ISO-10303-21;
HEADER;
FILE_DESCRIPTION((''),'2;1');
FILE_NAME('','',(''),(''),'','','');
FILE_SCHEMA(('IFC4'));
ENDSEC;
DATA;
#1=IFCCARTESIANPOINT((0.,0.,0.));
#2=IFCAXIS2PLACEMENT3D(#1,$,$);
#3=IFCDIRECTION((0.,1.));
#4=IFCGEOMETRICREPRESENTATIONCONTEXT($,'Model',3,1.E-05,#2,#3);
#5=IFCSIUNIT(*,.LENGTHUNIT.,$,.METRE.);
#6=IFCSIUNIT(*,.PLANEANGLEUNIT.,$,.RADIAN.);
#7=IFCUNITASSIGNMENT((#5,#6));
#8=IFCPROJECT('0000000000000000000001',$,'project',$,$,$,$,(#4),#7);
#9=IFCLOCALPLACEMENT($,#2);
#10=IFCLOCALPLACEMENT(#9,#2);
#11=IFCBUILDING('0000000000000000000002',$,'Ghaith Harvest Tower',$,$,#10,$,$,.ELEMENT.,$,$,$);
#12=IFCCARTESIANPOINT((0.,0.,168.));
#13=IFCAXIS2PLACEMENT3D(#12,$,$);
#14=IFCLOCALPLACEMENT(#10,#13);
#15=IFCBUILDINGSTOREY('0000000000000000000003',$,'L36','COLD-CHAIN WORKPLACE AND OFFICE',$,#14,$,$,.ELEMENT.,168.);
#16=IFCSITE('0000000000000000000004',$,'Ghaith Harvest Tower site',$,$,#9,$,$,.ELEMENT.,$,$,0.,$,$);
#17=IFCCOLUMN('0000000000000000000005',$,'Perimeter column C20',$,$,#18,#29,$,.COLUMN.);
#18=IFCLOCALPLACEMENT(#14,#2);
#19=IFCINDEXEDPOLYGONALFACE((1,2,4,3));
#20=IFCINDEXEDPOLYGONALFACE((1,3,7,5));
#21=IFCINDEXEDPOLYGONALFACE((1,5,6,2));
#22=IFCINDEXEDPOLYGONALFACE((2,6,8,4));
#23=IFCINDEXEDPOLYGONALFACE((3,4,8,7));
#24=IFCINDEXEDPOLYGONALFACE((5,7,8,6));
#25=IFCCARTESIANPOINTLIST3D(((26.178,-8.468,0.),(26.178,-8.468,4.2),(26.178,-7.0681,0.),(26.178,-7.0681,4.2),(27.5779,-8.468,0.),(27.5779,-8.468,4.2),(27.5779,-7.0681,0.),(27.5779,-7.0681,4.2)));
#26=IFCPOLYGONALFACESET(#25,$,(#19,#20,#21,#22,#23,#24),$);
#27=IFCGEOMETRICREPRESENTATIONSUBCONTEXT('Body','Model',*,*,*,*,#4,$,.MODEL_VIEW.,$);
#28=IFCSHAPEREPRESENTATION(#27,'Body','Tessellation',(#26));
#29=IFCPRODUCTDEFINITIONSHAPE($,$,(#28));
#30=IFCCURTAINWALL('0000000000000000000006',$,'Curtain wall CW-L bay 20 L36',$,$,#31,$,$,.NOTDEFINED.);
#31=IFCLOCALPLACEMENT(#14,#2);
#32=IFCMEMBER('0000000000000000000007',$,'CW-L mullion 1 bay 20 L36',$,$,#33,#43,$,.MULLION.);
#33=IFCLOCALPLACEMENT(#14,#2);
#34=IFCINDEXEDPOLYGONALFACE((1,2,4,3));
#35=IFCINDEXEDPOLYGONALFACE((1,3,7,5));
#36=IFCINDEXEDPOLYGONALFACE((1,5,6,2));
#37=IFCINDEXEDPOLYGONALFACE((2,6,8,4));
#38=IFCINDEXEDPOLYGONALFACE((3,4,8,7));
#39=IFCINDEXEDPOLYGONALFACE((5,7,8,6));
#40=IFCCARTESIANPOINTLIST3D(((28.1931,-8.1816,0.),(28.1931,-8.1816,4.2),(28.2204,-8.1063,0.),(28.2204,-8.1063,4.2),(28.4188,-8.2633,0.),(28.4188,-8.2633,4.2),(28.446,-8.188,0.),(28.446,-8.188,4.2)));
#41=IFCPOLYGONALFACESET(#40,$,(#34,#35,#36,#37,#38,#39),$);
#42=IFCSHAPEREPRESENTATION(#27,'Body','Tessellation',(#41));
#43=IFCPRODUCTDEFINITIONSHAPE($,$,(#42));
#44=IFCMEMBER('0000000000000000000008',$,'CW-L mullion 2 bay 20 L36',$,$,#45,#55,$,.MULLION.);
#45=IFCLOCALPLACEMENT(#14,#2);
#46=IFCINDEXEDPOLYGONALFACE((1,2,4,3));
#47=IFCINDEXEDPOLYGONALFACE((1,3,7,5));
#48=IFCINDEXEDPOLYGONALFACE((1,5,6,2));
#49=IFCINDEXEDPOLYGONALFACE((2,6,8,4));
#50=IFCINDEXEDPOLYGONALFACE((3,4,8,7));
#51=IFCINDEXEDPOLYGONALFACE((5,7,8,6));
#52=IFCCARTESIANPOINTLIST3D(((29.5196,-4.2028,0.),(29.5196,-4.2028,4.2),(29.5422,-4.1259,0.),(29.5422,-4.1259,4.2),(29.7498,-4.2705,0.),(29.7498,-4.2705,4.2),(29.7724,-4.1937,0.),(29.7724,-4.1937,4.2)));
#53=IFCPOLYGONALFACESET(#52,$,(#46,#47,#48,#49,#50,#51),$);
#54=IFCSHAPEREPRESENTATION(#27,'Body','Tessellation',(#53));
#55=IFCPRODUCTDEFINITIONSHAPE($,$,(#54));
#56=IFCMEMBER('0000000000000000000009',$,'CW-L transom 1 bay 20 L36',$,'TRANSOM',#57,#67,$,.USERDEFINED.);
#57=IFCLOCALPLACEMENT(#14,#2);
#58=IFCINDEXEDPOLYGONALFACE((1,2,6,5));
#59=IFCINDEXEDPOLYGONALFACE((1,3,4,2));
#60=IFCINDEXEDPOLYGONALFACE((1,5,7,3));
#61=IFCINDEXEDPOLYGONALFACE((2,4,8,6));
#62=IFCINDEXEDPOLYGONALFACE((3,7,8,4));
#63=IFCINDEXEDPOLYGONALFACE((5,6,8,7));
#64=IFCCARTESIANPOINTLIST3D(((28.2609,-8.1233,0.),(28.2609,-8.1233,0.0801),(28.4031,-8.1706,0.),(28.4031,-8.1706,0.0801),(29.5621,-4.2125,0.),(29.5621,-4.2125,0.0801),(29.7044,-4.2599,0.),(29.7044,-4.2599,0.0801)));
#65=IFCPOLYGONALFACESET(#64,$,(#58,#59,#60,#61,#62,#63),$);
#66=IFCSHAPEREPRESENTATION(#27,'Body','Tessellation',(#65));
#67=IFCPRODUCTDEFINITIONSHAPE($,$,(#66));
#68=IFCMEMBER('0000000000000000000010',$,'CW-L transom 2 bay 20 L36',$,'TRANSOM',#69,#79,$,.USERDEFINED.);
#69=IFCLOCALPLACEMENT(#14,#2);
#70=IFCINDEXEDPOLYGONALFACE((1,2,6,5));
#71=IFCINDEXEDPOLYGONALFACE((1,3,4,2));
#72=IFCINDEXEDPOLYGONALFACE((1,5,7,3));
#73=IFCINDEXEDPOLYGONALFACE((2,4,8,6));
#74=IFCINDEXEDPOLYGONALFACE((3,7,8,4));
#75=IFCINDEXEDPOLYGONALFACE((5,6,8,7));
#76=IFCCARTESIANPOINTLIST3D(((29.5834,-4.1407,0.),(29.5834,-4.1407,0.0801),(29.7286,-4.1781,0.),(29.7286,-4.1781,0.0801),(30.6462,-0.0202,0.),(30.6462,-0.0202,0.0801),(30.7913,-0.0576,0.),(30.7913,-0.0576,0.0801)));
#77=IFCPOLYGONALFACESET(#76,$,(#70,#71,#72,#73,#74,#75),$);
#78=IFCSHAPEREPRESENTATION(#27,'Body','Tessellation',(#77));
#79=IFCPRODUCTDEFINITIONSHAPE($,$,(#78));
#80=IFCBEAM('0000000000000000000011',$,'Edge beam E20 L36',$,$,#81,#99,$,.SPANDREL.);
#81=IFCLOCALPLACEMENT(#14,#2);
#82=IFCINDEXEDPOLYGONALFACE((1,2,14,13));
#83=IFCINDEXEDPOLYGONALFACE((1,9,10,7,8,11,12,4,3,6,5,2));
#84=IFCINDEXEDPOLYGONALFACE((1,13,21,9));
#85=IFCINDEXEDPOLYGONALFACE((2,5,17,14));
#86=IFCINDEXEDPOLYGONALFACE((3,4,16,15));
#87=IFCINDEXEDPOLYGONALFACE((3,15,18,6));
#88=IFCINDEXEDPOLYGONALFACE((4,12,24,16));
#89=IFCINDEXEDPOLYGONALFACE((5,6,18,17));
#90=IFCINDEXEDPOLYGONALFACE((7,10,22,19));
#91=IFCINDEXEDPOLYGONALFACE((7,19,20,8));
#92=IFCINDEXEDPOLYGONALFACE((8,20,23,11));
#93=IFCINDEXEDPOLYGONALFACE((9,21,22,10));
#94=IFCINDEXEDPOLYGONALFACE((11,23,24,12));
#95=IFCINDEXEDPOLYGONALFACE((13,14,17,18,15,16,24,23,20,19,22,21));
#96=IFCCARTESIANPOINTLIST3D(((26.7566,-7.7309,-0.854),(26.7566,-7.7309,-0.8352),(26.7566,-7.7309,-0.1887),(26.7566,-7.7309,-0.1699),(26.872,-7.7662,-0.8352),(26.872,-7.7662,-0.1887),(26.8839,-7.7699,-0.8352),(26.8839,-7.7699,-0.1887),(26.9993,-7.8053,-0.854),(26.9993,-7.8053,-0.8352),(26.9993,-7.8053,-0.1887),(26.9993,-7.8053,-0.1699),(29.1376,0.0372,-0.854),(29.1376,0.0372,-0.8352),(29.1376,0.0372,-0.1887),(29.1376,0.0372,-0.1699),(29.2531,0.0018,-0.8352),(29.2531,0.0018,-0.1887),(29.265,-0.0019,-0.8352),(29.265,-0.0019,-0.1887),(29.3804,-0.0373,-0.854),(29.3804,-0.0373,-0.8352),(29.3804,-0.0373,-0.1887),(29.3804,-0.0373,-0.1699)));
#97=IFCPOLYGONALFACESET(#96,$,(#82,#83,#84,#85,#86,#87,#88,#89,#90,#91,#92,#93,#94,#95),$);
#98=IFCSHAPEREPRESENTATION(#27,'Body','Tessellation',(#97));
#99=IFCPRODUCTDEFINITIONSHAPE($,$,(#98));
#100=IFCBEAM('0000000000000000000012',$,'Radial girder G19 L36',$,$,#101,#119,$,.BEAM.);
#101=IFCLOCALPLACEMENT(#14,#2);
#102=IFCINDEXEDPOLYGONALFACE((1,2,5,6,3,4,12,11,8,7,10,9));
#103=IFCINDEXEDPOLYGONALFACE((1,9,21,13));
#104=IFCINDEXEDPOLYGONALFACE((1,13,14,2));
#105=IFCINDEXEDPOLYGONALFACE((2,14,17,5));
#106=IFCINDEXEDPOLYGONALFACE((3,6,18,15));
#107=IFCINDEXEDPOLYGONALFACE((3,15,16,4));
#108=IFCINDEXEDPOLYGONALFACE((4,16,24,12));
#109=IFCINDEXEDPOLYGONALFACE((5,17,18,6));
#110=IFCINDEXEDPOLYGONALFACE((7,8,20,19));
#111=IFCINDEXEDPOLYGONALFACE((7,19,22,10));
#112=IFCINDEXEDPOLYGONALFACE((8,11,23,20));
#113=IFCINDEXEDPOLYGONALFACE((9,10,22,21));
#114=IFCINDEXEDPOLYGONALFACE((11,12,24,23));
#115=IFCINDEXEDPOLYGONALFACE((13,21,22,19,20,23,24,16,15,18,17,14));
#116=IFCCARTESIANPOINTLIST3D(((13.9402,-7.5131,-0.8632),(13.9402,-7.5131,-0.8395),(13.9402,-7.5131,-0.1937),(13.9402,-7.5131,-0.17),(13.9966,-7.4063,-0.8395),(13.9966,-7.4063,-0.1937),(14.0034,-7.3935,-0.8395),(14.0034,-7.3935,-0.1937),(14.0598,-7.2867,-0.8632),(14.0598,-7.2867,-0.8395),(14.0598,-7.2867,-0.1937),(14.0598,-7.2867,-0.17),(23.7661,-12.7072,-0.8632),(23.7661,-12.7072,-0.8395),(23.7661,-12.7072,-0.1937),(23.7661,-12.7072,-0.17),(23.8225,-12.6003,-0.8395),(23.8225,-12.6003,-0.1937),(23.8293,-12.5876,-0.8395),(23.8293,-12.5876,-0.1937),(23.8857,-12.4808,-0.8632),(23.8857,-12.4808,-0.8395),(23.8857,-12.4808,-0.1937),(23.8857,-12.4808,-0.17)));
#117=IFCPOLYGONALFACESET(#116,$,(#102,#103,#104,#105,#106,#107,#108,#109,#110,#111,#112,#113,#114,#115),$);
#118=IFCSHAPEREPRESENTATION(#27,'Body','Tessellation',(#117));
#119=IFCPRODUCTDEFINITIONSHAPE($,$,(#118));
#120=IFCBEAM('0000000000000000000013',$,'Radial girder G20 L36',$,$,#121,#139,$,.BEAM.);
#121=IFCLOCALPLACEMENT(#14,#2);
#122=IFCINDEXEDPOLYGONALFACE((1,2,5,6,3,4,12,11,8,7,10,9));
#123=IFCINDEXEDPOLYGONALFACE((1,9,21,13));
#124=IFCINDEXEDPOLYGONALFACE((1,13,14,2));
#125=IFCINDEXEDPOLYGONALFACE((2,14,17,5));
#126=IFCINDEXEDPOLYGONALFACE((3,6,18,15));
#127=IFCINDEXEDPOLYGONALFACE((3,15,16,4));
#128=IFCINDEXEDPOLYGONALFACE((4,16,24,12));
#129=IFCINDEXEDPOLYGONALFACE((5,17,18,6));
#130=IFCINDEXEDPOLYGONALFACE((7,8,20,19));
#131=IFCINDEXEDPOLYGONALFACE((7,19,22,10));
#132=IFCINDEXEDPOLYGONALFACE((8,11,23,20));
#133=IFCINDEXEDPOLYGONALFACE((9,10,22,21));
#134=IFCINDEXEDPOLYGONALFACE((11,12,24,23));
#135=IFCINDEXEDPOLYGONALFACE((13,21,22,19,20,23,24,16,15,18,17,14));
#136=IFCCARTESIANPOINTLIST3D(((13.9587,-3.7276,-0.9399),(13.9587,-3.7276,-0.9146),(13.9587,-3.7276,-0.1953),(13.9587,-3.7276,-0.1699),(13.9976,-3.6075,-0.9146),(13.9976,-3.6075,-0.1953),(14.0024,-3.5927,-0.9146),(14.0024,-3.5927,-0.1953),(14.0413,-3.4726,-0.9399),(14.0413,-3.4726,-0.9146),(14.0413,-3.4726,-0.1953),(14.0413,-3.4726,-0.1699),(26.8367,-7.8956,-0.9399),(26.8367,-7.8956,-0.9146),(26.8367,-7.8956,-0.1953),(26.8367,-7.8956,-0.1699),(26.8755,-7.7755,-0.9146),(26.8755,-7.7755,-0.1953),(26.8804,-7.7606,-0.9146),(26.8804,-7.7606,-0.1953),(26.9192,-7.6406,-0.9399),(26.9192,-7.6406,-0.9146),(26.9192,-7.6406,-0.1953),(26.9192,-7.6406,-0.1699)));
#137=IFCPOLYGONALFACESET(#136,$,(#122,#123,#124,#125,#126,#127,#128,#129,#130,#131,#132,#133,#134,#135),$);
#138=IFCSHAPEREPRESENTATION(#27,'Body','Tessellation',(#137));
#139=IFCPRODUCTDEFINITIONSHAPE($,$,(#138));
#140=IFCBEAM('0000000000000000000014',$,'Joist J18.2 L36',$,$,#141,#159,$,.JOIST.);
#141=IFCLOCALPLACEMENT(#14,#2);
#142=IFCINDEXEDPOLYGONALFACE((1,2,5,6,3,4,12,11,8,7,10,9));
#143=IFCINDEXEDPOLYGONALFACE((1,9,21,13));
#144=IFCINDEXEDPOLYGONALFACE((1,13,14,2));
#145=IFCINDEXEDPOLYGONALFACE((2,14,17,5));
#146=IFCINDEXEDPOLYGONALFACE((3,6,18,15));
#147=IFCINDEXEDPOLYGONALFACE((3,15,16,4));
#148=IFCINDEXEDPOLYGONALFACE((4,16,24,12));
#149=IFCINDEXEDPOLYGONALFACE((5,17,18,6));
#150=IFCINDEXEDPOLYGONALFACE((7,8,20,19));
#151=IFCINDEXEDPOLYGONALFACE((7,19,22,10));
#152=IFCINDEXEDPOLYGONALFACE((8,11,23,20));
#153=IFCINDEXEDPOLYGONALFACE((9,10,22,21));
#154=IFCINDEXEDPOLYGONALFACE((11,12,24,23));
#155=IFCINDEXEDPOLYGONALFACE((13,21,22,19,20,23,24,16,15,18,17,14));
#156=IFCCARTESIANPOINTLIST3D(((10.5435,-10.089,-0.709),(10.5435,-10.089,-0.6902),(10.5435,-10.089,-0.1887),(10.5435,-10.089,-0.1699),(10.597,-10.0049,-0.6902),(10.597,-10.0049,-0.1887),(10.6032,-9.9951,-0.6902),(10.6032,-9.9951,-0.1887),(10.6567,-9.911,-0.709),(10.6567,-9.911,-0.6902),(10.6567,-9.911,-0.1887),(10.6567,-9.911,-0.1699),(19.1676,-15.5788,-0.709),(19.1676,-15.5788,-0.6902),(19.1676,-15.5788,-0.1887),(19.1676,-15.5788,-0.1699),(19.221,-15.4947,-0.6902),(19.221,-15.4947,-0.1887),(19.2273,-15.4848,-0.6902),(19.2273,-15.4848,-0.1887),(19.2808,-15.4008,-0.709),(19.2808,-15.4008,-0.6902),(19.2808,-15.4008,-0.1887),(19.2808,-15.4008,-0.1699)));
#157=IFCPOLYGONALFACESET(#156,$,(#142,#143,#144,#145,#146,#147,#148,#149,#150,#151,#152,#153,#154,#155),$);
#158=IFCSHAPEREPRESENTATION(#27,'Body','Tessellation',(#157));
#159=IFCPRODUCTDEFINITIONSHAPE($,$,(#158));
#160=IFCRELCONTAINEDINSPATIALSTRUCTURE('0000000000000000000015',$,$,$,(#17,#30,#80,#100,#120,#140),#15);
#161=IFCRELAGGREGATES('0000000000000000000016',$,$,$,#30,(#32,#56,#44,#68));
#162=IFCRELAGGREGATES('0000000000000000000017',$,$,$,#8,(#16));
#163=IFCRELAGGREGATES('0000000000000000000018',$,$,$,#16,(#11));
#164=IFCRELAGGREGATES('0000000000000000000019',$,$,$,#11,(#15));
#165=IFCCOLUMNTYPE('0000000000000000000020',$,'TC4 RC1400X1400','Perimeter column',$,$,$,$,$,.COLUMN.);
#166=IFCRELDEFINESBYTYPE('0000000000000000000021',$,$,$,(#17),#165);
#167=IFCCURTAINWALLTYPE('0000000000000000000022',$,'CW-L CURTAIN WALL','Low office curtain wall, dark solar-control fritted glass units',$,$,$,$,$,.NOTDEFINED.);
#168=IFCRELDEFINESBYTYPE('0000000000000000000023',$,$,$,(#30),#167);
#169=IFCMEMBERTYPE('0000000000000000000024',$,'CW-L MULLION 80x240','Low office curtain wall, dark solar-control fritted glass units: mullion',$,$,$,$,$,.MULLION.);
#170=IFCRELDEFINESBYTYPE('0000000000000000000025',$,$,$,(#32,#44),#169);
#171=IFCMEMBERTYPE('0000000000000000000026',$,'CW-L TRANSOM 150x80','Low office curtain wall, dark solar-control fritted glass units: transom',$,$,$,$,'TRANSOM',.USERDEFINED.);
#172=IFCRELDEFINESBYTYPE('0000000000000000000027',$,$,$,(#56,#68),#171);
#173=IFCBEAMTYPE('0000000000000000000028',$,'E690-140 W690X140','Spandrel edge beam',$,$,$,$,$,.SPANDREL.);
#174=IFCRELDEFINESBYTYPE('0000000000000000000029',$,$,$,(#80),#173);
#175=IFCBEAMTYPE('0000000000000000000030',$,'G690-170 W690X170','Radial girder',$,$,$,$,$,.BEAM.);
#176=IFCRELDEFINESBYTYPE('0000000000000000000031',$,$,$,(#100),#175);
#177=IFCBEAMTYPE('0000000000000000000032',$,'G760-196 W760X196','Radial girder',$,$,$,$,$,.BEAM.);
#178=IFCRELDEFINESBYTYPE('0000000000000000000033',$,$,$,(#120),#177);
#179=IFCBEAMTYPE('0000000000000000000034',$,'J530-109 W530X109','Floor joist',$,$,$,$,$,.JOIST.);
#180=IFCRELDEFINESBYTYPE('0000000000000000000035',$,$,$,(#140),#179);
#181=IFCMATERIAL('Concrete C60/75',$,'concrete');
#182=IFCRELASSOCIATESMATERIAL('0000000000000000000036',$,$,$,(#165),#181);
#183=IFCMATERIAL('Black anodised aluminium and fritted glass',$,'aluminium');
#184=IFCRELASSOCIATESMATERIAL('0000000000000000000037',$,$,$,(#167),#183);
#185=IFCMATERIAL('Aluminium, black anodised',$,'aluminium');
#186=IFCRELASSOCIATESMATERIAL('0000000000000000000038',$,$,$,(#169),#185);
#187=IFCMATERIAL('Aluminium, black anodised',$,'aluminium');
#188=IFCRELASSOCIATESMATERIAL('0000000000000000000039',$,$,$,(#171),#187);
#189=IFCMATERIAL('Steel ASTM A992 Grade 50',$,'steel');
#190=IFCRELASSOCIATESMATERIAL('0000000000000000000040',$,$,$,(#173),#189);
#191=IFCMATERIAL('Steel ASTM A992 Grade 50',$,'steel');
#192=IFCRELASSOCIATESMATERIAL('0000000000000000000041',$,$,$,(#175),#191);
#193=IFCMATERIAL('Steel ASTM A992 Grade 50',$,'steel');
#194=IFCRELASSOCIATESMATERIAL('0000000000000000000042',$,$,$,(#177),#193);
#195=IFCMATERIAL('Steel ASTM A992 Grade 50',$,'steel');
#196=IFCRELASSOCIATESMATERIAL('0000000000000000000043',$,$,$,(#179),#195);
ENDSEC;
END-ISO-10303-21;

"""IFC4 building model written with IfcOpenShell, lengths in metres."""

from ifc_helpers import new_model, si_unit, direction, frame, origin, origin_2d, place, context, subcontext, project, spatial, rectangle, i_section, extrude, material, material_profile, profile_set, type_object, element, aggregate, save


model = new_model("IFC4")

# Units and contexts
model_context = context("Model", 3, precision=1e-05, world=origin(), true_north=direction((0.0, 1.0)))
body_context = subcontext(model_context, "Body", "Model", "MODEL_VIEW")
ifc_project = project(units=[si_unit("LENGTHUNIT", "METRE"), si_unit("PLANEANGLEUNIT", "RADIAN")], contexts=[model_context])

# Site, building, storey
site_placement = place(None, origin())
site = spatial("IfcSite", under=ifc_project, at=site_placement, Name="Ghaith Harvest Tower site", CompositionType="ELEMENT", RefElevation=0.0)
building_placement = place(site_placement, origin())
building = spatial("IfcBuilding", under=site, at=building_placement, Name="Ghaith Harvest Tower", CompositionType="ELEMENT")
storey_placement = place(building_placement, frame((0.0, 0.0, 168.0)))
storey = spatial("IfcBuildingStorey", under=building, at=storey_placement, Name="L36", Description="COLD-CHAIN WORKPLACE AND OFFICE", CompositionType="ELEMENT", Elevation=168.0)

# Column
ifc_material_1 = material(Name="Concrete C60/75", Category="concrete")
ifc_material_profile_1 = material_profile(ifc_material_1, rectangle(XDim=1.3999, YDim=1.3999, at=origin_2d()), Name="RC1400X1400")
ifc_profile_set_1 = profile_set([ifc_material_profile_1], Name="Concrete C60/75")
column_type = type_object("IfcColumnType", Name="TC4 RC1400X1400", Description="Perimeter column", PredefinedType="COLUMN", material=ifc_profile_set_1)
column_placement = place(storey_placement, frame((26.8779, -7.7681, 0.0), z_axis=(0.0, 0.0, 1.0), x_axis=(1.0, 0.0, 0.0)))
element("IfcColumn", 1, at=column_placement, inside=storey, type_object=column_type, Name="Perimeter column C20", PredefinedType="COLUMN", context=body_context, shape_type="SweptSolid", body=[
    extrude(rectangle(XDim=1.3999, YDim=1.3999, at=origin_2d()), origin(), (0.0, 0.0, 1.0), 4.2),
])

# Curtain wall, members
ifc_material_2 = material(Name="Black anodised aluminium and fritted glass", Category="aluminium")
curtain_wall_type = type_object("IfcCurtainWallType", Name="CW-L CURTAIN WALL", Description="Low office curtain wall, dark solar-control fritted glass units", PredefinedType="NOTDEFINED", material=ifc_material_2)
curtain_wall_placement = place(storey_placement, origin())
curtain_wall = element("IfcCurtainWall", 2, at=curtain_wall_placement, inside=storey, type_object=curtain_wall_type, Name="Curtain wall CW-L bay 20 L36", PredefinedType="NOTDEFINED")
ifc_material_3 = material(Name="Aluminium, black anodised", Category="aluminium")
ifc_material_profile_2 = material_profile(ifc_material_3, rectangle(XDim=0.0801, YDim=0.24, at=origin_2d()), Name="CW-L MULLION 80x240")
ifc_profile_set_2 = profile_set([ifc_material_profile_2], Name="Aluminium, black anodised")
member_type_1 = type_object("IfcMemberType", Name="CW-L MULLION 80x240", Description="Low office curtain wall, dark solar-control fritted glass units: mullion", PredefinedType="MULLION", material=ifc_profile_set_2)
member_1_placement = place(storey_placement, frame((28.3196, -8.1848, 0.0), z_axis=(0.0, 0.0, 1.0), x_axis=(0.340574, 0.940218, 0.0)))
member_1 = element("IfcMember", 3, at=member_1_placement, type_object=member_type_1, Name="CW-L mullion 1 bay 20 L36", PredefinedType="MULLION", context=body_context, shape_type="SweptSolid", body=[
    extrude(rectangle(XDim=0.0801, YDim=0.24, at=origin_2d()), origin(), (0.0, 0.0, 1.0), 4.2),
])
member_2_placement = place(storey_placement, frame((29.646, -4.1982, 0.0), z_axis=(0.0, 0.0, 1.0), x_axis=(0.282375, 0.959304, 0.0)))
member_2 = element("IfcMember", 4, at=member_2_placement, type_object=member_type_1, Name="CW-L mullion 2 bay 20 L36", PredefinedType="MULLION", context=body_context, shape_type="SweptSolid", body=[
    extrude(rectangle(XDim=0.0801, YDim=0.24, at=origin_2d()), origin(), (0.0, 0.0, 1.0), 4.2),
])
ifc_material_4 = material(Name="Aluminium, black anodised", Category="aluminium")
ifc_material_profile_3 = material_profile(ifc_material_4, rectangle(XDim=0.1499, YDim=0.0801, at=origin_2d()), Name="CW-L TRANSOM 150x80")
ifc_profile_set_3 = profile_set([ifc_material_profile_3], Name="Aluminium, black anodised")
member_type_2 = type_object("IfcMemberType", Name="CW-L TRANSOM 150x80", Description="Low office curtain wall, dark solar-control fritted glass units: transom", ElementType="TRANSOM", PredefinedType="USERDEFINED", material=ifc_profile_set_3)
member_3_placement = place(storey_placement, frame((28.332, -8.147, 0.04), z_axis=(0.315712, 0.948855, 0.0), x_axis=(-0.948855, 0.315712, 0.0)))
member_3 = element("IfcMember", 5, at=member_3_placement, type_object=member_type_2, Name="CW-L transom 1 bay 20 L36", ObjectType="TRANSOM", PredefinedType="USERDEFINED", context=body_context, shape_type="SweptSolid", body=[
    extrude(rectangle(XDim=0.1499, YDim=0.0801, at=origin_2d()), origin(), (0.0, 0.0, 1.0), 4.1216),
])
member_4_placement = place(storey_placement, frame((29.656, -4.1594, 0.04), z_axis=(0.249737, 0.968314, 0.0), x_axis=(-0.968314, 0.249737, 0.0)))
member_4 = element("IfcMember", 6, at=member_4_placement, type_object=member_type_2, Name="CW-L transom 2 bay 20 L36", ObjectType="TRANSOM", PredefinedType="USERDEFINED", context=body_context, shape_type="SweptSolid", body=[
    extrude(rectangle(XDim=0.1499, YDim=0.0801, at=origin_2d()), origin(), (0.0, 0.0, 1.0), 4.2554),
])

# Beams
ifc_material_5 = material(Name="Steel ASTM A992 Grade 50", Category="steel")
ifc_material_profile_4 = material_profile(ifc_material_5, i_section(OverallWidth=0.2539, OverallDepth=0.6841, WebThickness=0.0125, FlangeThickness=0.0188, at=origin_2d()), Name="W690X140")
ifc_profile_set_4 = profile_set([ifc_material_profile_4], Name="Steel ASTM A992 Grade 50")
beam_type_1 = type_object("IfcBeamType", Name="E690-140 W690X140", Description="Spandrel edge beam", PredefinedType="SPANDREL", material=ifc_profile_set_4)
beam_1_placement = place(storey_placement, frame((26.8779, -7.7681, -0.512), z_axis=(0.293066, 0.956092, 0.0), x_axis=(-0.956092, 0.293066, 0.0)))
element("IfcBeam", 7, at=beam_1_placement, inside=storey, type_object=beam_type_1, Name="Edge beam E20 L36", PredefinedType="SPANDREL", context=body_context, shape_type="SweptSolid", body=[
    extrude(i_section(OverallWidth=0.2539, OverallDepth=0.6841, WebThickness=0.0125, FlangeThickness=0.0188, at=origin_2d()), origin(), (0.0, 0.0, 1.0), 8.1248),
])
ifc_material_6 = material(Name="Steel ASTM A992 Grade 50", Category="steel")
ifc_material_profile_5 = material_profile(ifc_material_6, i_section(OverallWidth=0.2561, OverallDepth=0.6931, WebThickness=0.0144, FlangeThickness=0.0237, at=origin_2d()), Name="W690X170")
ifc_profile_set_5 = profile_set([ifc_material_profile_5], Name="Steel ASTM A992 Grade 50")
beam_type_2 = type_object("IfcBeamType", Name="G690-170 W690X170", Description="Radial girder", PredefinedType="BEAM", material=ifc_profile_set_5)
beam_2_placement = place(storey_placement, frame((14.0, -7.3999, -0.5166), z_axis=(0.884081, -0.467335, 0.0), x_axis=(0.467335, 0.884081, 0.0)))
element("IfcBeam", 8, at=beam_2_placement, inside=storey, type_object=beam_type_2, Name="Radial girder G19 L36", PredefinedType="BEAM", context=body_context, shape_type="SweptSolid", body=[
    extrude(i_section(OverallWidth=0.2561, OverallDepth=0.6931, WebThickness=0.0144, FlangeThickness=0.0237, at=origin_2d()), origin(), (0.0, 0.0, 1.0), 11.1143),
])
ifc_material_7 = material(Name="Steel ASTM A992 Grade 50", Category="steel")
ifc_material_profile_6 = material_profile(ifc_material_7, i_section(OverallWidth=0.2681, OverallDepth=0.77, WebThickness=0.0156, FlangeThickness=0.0254, at=origin_2d()), Name="W760X196")
ifc_profile_set_6 = profile_set([ifc_material_profile_6], Name="Steel ASTM A992 Grade 50")
beam_type_3 = type_object("IfcBeamType", Name="G760-196 W760X196", Description="Radial girder", PredefinedType="BEAM", material=ifc_profile_set_6)
beam_3_placement = place(storey_placement, frame((14.0, -3.6001, -0.5549), z_axis=(0.95141, -0.307926, 0.0), x_axis=(0.307926, 0.95141, 0.0)))
element("IfcBeam", 9, at=beam_3_placement, inside=storey, type_object=beam_type_3, Name="Radial girder G20 L36", PredefinedType="BEAM", context=body_context, shape_type="SweptSolid", body=[
    extrude(i_section(OverallWidth=0.2681, OverallDepth=0.77, WebThickness=0.0156, FlangeThickness=0.0254, at=origin_2d()), origin(), (0.0, 0.0, 1.0), 13.5356),
])
ifc_material_8 = material(Name="Steel ASTM A992 Grade 50", Category="steel")
ifc_material_profile_7 = material_profile(ifc_material_8, i_section(OverallWidth=0.2109, OverallDepth=0.5391, WebThickness=0.0117, FlangeThickness=0.0188, at=origin_2d()), Name="W530X109")
ifc_profile_set_7 = profile_set([ifc_material_profile_7], Name="Steel ASTM A992 Grade 50")
beam_type_4 = type_object("IfcBeamType", Name="J530-109 W530X109", Description="Floor joist", PredefinedType="JOIST", material=ifc_profile_set_7)
beam_4_placement = place(storey_placement, frame((10.6001, -10.0, -0.4395), z_axis=(0.843585, -0.536996, 0.0), x_axis=(0.536996, 0.843585, 0.0)))
element("IfcBeam", 10, at=beam_4_placement, inside=storey, type_object=beam_type_4, Name="Joist J18.2 L36", PredefinedType="JOIST", context=body_context, shape_type="SweptSolid", body=[
    extrude(i_section(OverallWidth=0.2109, OverallDepth=0.5391, WebThickness=0.0117, FlangeThickness=0.0188, at=origin_2d()), origin(), (0.0, 0.0, 1.0), 10.2231),
])

aggregate(curtain_wall, [member_1, member_3, member_2, member_4])

save(model, "model.ifc")
